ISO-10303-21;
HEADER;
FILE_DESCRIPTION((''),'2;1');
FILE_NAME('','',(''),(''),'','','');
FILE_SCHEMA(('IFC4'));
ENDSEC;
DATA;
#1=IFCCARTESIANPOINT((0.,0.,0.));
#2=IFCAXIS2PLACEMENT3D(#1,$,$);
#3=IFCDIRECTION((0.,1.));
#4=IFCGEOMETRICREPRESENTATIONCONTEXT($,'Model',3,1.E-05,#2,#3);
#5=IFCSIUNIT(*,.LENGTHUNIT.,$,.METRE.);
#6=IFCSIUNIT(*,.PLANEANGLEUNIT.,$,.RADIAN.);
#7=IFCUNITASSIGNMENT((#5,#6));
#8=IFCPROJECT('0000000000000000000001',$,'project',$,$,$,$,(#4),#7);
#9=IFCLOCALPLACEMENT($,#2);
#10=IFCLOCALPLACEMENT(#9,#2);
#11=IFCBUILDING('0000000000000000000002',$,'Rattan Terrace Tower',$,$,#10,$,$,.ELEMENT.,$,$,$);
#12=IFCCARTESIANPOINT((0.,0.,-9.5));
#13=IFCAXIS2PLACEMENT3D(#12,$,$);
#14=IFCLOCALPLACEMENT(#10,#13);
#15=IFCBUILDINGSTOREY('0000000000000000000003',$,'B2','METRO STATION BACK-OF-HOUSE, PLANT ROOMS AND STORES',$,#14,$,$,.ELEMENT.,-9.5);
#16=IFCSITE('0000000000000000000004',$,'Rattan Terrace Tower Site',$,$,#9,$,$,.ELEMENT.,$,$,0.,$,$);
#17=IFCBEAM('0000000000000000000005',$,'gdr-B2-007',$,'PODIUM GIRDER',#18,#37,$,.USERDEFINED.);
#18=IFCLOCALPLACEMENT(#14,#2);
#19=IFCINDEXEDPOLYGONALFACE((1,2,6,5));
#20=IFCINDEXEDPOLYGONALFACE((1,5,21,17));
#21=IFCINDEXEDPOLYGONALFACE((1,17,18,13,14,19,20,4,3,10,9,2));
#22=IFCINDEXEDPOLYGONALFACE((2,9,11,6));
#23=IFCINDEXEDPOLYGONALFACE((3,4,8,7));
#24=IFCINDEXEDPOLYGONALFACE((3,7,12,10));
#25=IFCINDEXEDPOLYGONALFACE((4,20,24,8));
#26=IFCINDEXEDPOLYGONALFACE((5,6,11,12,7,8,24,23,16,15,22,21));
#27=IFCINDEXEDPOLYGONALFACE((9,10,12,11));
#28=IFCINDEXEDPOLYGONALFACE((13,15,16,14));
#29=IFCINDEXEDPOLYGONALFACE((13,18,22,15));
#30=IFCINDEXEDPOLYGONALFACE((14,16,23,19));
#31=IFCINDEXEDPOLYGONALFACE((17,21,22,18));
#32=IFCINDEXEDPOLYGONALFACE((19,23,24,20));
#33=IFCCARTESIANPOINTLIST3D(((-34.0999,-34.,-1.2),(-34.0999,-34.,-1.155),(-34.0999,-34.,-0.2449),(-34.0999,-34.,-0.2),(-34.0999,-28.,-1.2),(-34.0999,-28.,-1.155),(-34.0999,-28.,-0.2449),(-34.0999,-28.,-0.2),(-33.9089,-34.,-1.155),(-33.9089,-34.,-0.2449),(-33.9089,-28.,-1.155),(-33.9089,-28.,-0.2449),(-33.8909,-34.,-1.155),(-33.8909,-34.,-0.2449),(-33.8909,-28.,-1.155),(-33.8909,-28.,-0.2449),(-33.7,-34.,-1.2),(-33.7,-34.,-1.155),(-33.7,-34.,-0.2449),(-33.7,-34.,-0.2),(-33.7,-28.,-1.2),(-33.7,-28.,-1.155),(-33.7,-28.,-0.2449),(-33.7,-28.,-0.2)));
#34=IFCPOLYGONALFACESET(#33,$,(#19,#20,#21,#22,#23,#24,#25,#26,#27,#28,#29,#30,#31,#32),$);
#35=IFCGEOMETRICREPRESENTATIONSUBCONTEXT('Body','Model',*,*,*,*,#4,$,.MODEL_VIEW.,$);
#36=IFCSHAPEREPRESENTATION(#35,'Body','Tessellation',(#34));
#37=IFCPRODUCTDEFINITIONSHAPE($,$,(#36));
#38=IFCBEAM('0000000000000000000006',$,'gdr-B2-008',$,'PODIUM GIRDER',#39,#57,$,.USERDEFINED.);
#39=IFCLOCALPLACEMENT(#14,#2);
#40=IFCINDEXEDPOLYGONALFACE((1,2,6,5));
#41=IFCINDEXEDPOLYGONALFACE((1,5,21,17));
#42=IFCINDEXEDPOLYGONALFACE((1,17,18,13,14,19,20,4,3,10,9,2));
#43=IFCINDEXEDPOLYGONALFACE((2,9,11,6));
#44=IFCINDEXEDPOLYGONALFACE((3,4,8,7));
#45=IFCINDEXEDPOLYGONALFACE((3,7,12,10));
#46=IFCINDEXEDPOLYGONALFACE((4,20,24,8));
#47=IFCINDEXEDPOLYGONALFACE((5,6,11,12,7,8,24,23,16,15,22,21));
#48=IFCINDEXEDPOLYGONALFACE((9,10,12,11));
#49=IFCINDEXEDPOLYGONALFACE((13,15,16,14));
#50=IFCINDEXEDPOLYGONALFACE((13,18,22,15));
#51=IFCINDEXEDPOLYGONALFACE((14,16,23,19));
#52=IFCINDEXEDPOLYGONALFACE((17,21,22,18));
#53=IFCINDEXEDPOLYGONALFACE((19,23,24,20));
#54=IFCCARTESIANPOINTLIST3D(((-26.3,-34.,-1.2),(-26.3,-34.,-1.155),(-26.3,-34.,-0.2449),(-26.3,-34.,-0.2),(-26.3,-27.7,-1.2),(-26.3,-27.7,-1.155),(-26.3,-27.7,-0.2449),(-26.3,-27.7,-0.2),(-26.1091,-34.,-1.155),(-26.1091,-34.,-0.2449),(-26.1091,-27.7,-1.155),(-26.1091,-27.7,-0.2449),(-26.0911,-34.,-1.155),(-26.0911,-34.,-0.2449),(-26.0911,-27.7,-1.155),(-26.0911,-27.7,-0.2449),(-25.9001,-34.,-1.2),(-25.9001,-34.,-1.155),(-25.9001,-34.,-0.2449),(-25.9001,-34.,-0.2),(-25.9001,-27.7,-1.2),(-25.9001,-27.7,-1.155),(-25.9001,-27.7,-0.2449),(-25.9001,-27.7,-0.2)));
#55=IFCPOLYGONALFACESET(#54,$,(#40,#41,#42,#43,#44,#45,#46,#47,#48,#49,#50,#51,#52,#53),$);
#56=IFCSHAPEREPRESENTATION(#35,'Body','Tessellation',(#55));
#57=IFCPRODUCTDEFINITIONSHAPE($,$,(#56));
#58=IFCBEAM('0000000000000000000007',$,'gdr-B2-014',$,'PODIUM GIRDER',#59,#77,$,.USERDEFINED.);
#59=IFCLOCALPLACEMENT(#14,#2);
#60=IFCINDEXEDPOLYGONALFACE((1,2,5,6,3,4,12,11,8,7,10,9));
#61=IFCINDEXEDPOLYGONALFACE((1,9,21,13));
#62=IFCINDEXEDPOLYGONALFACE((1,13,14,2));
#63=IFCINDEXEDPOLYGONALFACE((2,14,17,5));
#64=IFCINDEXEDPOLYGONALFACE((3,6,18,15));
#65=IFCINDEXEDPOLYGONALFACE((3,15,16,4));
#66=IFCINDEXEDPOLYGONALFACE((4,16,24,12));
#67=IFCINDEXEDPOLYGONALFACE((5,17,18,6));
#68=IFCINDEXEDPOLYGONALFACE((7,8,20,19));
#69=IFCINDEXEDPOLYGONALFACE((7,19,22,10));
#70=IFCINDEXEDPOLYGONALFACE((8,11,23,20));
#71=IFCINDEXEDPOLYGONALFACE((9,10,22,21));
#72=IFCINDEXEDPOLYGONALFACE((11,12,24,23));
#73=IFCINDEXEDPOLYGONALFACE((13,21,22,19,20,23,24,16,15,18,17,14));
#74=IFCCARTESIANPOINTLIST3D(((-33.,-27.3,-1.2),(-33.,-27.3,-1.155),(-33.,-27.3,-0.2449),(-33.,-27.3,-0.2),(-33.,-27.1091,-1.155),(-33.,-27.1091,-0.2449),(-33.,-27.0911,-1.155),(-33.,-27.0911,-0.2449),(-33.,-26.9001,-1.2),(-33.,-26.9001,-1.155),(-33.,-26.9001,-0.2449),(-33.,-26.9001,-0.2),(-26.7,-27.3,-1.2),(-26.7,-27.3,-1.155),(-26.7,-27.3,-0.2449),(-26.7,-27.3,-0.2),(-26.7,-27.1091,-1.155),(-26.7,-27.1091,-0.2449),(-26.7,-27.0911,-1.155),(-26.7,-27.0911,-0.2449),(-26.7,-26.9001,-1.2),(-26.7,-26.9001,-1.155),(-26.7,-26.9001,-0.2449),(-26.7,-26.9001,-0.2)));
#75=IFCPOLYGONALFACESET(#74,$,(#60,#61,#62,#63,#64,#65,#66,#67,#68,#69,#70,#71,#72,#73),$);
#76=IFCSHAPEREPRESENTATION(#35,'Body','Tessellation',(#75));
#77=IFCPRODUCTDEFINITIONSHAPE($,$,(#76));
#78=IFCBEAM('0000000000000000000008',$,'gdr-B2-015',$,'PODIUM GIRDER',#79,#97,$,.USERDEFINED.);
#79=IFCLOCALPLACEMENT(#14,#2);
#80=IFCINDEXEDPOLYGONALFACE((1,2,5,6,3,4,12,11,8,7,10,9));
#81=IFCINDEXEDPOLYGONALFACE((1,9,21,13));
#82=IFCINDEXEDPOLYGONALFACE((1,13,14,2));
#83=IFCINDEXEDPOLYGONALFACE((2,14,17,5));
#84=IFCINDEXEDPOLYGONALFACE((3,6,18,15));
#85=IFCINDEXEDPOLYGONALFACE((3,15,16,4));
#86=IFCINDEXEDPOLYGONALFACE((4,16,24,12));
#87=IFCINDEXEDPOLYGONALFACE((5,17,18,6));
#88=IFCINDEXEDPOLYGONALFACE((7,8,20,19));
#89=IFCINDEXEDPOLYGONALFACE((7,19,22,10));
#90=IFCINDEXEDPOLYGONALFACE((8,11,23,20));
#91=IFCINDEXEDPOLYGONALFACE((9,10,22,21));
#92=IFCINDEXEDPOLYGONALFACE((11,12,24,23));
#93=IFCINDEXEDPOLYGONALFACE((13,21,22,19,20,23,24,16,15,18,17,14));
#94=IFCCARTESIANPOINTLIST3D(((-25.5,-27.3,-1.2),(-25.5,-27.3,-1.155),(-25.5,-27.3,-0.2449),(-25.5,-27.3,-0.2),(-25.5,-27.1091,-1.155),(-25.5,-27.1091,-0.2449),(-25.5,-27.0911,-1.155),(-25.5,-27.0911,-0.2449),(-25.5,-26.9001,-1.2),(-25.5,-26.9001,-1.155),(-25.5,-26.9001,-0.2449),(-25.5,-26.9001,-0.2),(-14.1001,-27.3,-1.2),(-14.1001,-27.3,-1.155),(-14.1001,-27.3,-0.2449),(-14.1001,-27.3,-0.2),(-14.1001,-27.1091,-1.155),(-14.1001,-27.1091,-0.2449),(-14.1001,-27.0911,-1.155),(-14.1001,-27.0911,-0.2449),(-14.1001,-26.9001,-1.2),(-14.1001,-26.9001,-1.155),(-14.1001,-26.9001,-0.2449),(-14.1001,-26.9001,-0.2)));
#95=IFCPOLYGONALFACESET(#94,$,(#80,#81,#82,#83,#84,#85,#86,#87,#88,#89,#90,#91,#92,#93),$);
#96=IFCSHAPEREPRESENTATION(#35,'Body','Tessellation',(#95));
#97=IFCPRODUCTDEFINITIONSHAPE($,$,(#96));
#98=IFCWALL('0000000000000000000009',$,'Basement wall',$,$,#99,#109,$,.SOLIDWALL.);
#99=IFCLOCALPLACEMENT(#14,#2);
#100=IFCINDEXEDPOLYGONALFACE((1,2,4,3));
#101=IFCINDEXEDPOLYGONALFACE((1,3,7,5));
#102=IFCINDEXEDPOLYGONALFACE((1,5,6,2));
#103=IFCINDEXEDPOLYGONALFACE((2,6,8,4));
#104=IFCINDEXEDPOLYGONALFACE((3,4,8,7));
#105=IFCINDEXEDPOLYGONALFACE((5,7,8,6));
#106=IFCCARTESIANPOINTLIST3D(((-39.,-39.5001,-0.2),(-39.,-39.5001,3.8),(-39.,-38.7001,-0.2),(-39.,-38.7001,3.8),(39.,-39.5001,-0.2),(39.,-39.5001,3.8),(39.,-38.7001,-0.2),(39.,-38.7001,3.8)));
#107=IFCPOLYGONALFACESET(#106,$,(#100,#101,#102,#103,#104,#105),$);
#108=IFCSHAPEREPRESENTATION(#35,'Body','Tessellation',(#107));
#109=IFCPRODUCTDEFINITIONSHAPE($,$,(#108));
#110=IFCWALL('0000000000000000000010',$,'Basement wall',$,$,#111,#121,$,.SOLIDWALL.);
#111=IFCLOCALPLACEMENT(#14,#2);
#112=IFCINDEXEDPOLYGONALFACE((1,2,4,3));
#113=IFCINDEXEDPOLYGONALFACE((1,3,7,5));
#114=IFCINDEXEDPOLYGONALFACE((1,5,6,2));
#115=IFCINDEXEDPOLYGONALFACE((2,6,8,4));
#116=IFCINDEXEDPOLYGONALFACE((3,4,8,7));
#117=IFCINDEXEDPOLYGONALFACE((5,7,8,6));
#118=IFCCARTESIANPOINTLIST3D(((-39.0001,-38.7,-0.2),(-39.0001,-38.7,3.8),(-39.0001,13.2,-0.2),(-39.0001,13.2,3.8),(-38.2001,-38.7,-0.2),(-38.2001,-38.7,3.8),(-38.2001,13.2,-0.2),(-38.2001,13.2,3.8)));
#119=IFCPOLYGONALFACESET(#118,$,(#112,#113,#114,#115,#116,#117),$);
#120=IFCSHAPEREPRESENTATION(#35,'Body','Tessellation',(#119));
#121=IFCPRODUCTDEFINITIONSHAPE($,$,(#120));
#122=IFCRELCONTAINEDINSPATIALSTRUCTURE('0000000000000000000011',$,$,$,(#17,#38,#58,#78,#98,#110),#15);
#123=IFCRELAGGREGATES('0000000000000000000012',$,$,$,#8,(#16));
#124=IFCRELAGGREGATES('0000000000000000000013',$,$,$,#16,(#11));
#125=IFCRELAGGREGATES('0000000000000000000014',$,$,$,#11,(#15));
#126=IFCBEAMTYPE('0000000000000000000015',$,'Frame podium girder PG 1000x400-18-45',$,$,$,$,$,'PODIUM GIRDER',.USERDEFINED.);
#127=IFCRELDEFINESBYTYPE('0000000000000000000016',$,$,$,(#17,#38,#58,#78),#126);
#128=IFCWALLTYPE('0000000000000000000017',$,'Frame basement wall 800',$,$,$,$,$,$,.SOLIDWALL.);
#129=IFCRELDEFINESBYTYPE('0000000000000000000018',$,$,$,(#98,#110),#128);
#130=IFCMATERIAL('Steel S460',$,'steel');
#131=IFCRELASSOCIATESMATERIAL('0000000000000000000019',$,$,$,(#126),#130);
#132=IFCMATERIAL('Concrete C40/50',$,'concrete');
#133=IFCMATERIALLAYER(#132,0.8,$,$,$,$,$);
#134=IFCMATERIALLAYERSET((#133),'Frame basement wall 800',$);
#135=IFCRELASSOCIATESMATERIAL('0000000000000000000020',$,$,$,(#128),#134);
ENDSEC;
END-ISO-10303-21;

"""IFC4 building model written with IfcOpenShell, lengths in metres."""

from ifc_helpers import new_model, si_unit, direction, frame, frame_2d, origin, origin_2d, place, context, subcontext, project, spatial, rectangle, i_section, extrude, material, layer, layer_set, material_profile, profile_set, type_object, element, save


model = new_model("IFC4")

# Units and contexts
model_context = context("Model", 3, precision=1e-05, world=origin(), true_north=direction((0.0, 1.0)))
body_context = subcontext(model_context, "Body", "Model", "MODEL_VIEW")
ifc_project = project(units=[si_unit("LENGTHUNIT", "METRE"), si_unit("PLANEANGLEUNIT", "RADIAN")], contexts=[model_context])

# Site, building, storey
site_placement = place(None, origin())
site = spatial("IfcSite", under=ifc_project, at=site_placement, Name="Rattan Terrace Tower Site", CompositionType="ELEMENT", RefElevation=0.0)
building_placement = place(site_placement, origin())
building = spatial("IfcBuilding", under=site, at=building_placement, Name="Rattan Terrace Tower", CompositionType="ELEMENT")
storey_placement = place(building_placement, frame((0.0, 0.0, -9.5)))
storey = spatial("IfcBuildingStorey", under=building, at=storey_placement, Name="B2", Description="METRO STATION BACK-OF-HOUSE, PLANT ROOMS AND STORES", CompositionType="ELEMENT", Elevation=-9.5)

# Beams
ifc_material_1 = material(Name="Steel S460", Category="steel")
ifc_material_profile_1 = material_profile(ifc_material_1, i_section(OverallWidth=0.3999, OverallDepth=1.0, WebThickness=0.0181, FlangeThickness=0.0449, at=origin_2d()), Name="PG 1000x400-18-45")
ifc_profile_set_1 = profile_set([ifc_material_profile_1], Name="Steel S460")
beam_type_1 = type_object("IfcBeamType", Name="Frame podium girder PG 1000x400-18-45", ElementType="PODIUM GIRDER", PredefinedType="USERDEFINED", material=ifc_profile_set_1)
beam_1_placement = place(storey_placement, frame((-33.8999, -34.0, -0.7), z_axis=(0.0, 1.0, 0.0), x_axis=(-1.0, 0.0, 0.0)))
element("IfcBeam", 1, at=beam_1_placement, inside=storey, type_object=beam_type_1, Name="gdr-B2-007", ObjectType="PODIUM GIRDER", PredefinedType="USERDEFINED", context=body_context, shape_type="SweptSolid", body=[
    extrude(i_section(OverallWidth=0.3999, OverallDepth=1.0, WebThickness=0.0181, FlangeThickness=0.0449, at=origin_2d()), origin(), (0.0, 0.0, 1.0), 6.0),
])
for number, where, z_axis, x_axis, name in (
    (2, (-26.1001, -34.0, -0.7), (0.0, 1.0, 0.0), (-1.0, 0.0, 0.0), "gdr-B2-008"),
    (3, (-33.0, -27.1001, -0.7), (1.0, 0.0, 0.0), (0.0, 1.0, 0.0), "gdr-B2-014"),
):
    element("IfcBeam", number, at=place(storey_placement, frame(where, z_axis=z_axis, x_axis=x_axis)), inside=storey, type_object=beam_type_1, Name=name, ObjectType="PODIUM GIRDER", PredefinedType="USERDEFINED", context=body_context, shape_type="SweptSolid", body=[
        extrude(i_section(OverallWidth=0.3999, OverallDepth=1.0, WebThickness=0.0181, FlangeThickness=0.0449, at=origin_2d()), origin(), (0.0, 0.0, 1.0), 6.3),
    ])
beam_2_placement = place(storey_placement, frame((-25.5, -27.1001, -0.7), z_axis=(1.0, 0.0, 0.0), x_axis=(0.0, 1.0, 0.0)))
element("IfcBeam", 4, at=beam_2_placement, inside=storey, type_object=beam_type_1, Name="gdr-B2-015", ObjectType="PODIUM GIRDER", PredefinedType="USERDEFINED", context=body_context, shape_type="SweptSolid", body=[
    extrude(i_section(OverallWidth=0.3999, OverallDepth=1.0, WebThickness=0.0181, FlangeThickness=0.0449, at=origin_2d()), origin(), (0.0, 0.0, 1.0), 11.3999),
])

# Walls
ifc_material_2 = material(Name="Concrete C40/50", Category="concrete")
ifc_layer = layer(ifc_material_2, 0.8)
ifc_layer_set = layer_set([ifc_layer], Name="Frame basement wall 800")
wall_type = type_object("IfcWallType", Name="Frame basement wall 800", PredefinedType="SOLIDWALL", material=ifc_layer_set)
wall_1_placement = place(storey_placement, frame((-39.0, -39.1001, -0.2), z_axis=(0.0, 0.0, 1.0), x_axis=(1.0, 0.0, 0.0)))
element("IfcWall", 5, at=wall_1_placement, inside=storey, type_object=wall_type, Name="Basement wall", PredefinedType="SOLIDWALL", context=body_context, shape_type="SweptSolid", body=[
    extrude(rectangle(XDim=78.0, YDim=0.8, at=frame_2d((39.0, 0.0))), origin(), (0.0, 0.0, 1.0), 4.0),
])
wall_2_placement = place(storey_placement, frame((-38.6001, -38.7, -0.2), z_axis=(0.0, 0.0, 1.0), x_axis=(0.0, 1.0, 0.0)))
element("IfcWall", 6, at=wall_2_placement, inside=storey, type_object=wall_type, Name="Basement wall", PredefinedType="SOLIDWALL", context=body_context, shape_type="SweptSolid", body=[
    extrude(rectangle(XDim=51.8999, YDim=0.8, at=frame_2d((25.95, 0.0))), origin(), (0.0, 0.0, 1.0), 4.0),
])

save(model, "model.ifc")
